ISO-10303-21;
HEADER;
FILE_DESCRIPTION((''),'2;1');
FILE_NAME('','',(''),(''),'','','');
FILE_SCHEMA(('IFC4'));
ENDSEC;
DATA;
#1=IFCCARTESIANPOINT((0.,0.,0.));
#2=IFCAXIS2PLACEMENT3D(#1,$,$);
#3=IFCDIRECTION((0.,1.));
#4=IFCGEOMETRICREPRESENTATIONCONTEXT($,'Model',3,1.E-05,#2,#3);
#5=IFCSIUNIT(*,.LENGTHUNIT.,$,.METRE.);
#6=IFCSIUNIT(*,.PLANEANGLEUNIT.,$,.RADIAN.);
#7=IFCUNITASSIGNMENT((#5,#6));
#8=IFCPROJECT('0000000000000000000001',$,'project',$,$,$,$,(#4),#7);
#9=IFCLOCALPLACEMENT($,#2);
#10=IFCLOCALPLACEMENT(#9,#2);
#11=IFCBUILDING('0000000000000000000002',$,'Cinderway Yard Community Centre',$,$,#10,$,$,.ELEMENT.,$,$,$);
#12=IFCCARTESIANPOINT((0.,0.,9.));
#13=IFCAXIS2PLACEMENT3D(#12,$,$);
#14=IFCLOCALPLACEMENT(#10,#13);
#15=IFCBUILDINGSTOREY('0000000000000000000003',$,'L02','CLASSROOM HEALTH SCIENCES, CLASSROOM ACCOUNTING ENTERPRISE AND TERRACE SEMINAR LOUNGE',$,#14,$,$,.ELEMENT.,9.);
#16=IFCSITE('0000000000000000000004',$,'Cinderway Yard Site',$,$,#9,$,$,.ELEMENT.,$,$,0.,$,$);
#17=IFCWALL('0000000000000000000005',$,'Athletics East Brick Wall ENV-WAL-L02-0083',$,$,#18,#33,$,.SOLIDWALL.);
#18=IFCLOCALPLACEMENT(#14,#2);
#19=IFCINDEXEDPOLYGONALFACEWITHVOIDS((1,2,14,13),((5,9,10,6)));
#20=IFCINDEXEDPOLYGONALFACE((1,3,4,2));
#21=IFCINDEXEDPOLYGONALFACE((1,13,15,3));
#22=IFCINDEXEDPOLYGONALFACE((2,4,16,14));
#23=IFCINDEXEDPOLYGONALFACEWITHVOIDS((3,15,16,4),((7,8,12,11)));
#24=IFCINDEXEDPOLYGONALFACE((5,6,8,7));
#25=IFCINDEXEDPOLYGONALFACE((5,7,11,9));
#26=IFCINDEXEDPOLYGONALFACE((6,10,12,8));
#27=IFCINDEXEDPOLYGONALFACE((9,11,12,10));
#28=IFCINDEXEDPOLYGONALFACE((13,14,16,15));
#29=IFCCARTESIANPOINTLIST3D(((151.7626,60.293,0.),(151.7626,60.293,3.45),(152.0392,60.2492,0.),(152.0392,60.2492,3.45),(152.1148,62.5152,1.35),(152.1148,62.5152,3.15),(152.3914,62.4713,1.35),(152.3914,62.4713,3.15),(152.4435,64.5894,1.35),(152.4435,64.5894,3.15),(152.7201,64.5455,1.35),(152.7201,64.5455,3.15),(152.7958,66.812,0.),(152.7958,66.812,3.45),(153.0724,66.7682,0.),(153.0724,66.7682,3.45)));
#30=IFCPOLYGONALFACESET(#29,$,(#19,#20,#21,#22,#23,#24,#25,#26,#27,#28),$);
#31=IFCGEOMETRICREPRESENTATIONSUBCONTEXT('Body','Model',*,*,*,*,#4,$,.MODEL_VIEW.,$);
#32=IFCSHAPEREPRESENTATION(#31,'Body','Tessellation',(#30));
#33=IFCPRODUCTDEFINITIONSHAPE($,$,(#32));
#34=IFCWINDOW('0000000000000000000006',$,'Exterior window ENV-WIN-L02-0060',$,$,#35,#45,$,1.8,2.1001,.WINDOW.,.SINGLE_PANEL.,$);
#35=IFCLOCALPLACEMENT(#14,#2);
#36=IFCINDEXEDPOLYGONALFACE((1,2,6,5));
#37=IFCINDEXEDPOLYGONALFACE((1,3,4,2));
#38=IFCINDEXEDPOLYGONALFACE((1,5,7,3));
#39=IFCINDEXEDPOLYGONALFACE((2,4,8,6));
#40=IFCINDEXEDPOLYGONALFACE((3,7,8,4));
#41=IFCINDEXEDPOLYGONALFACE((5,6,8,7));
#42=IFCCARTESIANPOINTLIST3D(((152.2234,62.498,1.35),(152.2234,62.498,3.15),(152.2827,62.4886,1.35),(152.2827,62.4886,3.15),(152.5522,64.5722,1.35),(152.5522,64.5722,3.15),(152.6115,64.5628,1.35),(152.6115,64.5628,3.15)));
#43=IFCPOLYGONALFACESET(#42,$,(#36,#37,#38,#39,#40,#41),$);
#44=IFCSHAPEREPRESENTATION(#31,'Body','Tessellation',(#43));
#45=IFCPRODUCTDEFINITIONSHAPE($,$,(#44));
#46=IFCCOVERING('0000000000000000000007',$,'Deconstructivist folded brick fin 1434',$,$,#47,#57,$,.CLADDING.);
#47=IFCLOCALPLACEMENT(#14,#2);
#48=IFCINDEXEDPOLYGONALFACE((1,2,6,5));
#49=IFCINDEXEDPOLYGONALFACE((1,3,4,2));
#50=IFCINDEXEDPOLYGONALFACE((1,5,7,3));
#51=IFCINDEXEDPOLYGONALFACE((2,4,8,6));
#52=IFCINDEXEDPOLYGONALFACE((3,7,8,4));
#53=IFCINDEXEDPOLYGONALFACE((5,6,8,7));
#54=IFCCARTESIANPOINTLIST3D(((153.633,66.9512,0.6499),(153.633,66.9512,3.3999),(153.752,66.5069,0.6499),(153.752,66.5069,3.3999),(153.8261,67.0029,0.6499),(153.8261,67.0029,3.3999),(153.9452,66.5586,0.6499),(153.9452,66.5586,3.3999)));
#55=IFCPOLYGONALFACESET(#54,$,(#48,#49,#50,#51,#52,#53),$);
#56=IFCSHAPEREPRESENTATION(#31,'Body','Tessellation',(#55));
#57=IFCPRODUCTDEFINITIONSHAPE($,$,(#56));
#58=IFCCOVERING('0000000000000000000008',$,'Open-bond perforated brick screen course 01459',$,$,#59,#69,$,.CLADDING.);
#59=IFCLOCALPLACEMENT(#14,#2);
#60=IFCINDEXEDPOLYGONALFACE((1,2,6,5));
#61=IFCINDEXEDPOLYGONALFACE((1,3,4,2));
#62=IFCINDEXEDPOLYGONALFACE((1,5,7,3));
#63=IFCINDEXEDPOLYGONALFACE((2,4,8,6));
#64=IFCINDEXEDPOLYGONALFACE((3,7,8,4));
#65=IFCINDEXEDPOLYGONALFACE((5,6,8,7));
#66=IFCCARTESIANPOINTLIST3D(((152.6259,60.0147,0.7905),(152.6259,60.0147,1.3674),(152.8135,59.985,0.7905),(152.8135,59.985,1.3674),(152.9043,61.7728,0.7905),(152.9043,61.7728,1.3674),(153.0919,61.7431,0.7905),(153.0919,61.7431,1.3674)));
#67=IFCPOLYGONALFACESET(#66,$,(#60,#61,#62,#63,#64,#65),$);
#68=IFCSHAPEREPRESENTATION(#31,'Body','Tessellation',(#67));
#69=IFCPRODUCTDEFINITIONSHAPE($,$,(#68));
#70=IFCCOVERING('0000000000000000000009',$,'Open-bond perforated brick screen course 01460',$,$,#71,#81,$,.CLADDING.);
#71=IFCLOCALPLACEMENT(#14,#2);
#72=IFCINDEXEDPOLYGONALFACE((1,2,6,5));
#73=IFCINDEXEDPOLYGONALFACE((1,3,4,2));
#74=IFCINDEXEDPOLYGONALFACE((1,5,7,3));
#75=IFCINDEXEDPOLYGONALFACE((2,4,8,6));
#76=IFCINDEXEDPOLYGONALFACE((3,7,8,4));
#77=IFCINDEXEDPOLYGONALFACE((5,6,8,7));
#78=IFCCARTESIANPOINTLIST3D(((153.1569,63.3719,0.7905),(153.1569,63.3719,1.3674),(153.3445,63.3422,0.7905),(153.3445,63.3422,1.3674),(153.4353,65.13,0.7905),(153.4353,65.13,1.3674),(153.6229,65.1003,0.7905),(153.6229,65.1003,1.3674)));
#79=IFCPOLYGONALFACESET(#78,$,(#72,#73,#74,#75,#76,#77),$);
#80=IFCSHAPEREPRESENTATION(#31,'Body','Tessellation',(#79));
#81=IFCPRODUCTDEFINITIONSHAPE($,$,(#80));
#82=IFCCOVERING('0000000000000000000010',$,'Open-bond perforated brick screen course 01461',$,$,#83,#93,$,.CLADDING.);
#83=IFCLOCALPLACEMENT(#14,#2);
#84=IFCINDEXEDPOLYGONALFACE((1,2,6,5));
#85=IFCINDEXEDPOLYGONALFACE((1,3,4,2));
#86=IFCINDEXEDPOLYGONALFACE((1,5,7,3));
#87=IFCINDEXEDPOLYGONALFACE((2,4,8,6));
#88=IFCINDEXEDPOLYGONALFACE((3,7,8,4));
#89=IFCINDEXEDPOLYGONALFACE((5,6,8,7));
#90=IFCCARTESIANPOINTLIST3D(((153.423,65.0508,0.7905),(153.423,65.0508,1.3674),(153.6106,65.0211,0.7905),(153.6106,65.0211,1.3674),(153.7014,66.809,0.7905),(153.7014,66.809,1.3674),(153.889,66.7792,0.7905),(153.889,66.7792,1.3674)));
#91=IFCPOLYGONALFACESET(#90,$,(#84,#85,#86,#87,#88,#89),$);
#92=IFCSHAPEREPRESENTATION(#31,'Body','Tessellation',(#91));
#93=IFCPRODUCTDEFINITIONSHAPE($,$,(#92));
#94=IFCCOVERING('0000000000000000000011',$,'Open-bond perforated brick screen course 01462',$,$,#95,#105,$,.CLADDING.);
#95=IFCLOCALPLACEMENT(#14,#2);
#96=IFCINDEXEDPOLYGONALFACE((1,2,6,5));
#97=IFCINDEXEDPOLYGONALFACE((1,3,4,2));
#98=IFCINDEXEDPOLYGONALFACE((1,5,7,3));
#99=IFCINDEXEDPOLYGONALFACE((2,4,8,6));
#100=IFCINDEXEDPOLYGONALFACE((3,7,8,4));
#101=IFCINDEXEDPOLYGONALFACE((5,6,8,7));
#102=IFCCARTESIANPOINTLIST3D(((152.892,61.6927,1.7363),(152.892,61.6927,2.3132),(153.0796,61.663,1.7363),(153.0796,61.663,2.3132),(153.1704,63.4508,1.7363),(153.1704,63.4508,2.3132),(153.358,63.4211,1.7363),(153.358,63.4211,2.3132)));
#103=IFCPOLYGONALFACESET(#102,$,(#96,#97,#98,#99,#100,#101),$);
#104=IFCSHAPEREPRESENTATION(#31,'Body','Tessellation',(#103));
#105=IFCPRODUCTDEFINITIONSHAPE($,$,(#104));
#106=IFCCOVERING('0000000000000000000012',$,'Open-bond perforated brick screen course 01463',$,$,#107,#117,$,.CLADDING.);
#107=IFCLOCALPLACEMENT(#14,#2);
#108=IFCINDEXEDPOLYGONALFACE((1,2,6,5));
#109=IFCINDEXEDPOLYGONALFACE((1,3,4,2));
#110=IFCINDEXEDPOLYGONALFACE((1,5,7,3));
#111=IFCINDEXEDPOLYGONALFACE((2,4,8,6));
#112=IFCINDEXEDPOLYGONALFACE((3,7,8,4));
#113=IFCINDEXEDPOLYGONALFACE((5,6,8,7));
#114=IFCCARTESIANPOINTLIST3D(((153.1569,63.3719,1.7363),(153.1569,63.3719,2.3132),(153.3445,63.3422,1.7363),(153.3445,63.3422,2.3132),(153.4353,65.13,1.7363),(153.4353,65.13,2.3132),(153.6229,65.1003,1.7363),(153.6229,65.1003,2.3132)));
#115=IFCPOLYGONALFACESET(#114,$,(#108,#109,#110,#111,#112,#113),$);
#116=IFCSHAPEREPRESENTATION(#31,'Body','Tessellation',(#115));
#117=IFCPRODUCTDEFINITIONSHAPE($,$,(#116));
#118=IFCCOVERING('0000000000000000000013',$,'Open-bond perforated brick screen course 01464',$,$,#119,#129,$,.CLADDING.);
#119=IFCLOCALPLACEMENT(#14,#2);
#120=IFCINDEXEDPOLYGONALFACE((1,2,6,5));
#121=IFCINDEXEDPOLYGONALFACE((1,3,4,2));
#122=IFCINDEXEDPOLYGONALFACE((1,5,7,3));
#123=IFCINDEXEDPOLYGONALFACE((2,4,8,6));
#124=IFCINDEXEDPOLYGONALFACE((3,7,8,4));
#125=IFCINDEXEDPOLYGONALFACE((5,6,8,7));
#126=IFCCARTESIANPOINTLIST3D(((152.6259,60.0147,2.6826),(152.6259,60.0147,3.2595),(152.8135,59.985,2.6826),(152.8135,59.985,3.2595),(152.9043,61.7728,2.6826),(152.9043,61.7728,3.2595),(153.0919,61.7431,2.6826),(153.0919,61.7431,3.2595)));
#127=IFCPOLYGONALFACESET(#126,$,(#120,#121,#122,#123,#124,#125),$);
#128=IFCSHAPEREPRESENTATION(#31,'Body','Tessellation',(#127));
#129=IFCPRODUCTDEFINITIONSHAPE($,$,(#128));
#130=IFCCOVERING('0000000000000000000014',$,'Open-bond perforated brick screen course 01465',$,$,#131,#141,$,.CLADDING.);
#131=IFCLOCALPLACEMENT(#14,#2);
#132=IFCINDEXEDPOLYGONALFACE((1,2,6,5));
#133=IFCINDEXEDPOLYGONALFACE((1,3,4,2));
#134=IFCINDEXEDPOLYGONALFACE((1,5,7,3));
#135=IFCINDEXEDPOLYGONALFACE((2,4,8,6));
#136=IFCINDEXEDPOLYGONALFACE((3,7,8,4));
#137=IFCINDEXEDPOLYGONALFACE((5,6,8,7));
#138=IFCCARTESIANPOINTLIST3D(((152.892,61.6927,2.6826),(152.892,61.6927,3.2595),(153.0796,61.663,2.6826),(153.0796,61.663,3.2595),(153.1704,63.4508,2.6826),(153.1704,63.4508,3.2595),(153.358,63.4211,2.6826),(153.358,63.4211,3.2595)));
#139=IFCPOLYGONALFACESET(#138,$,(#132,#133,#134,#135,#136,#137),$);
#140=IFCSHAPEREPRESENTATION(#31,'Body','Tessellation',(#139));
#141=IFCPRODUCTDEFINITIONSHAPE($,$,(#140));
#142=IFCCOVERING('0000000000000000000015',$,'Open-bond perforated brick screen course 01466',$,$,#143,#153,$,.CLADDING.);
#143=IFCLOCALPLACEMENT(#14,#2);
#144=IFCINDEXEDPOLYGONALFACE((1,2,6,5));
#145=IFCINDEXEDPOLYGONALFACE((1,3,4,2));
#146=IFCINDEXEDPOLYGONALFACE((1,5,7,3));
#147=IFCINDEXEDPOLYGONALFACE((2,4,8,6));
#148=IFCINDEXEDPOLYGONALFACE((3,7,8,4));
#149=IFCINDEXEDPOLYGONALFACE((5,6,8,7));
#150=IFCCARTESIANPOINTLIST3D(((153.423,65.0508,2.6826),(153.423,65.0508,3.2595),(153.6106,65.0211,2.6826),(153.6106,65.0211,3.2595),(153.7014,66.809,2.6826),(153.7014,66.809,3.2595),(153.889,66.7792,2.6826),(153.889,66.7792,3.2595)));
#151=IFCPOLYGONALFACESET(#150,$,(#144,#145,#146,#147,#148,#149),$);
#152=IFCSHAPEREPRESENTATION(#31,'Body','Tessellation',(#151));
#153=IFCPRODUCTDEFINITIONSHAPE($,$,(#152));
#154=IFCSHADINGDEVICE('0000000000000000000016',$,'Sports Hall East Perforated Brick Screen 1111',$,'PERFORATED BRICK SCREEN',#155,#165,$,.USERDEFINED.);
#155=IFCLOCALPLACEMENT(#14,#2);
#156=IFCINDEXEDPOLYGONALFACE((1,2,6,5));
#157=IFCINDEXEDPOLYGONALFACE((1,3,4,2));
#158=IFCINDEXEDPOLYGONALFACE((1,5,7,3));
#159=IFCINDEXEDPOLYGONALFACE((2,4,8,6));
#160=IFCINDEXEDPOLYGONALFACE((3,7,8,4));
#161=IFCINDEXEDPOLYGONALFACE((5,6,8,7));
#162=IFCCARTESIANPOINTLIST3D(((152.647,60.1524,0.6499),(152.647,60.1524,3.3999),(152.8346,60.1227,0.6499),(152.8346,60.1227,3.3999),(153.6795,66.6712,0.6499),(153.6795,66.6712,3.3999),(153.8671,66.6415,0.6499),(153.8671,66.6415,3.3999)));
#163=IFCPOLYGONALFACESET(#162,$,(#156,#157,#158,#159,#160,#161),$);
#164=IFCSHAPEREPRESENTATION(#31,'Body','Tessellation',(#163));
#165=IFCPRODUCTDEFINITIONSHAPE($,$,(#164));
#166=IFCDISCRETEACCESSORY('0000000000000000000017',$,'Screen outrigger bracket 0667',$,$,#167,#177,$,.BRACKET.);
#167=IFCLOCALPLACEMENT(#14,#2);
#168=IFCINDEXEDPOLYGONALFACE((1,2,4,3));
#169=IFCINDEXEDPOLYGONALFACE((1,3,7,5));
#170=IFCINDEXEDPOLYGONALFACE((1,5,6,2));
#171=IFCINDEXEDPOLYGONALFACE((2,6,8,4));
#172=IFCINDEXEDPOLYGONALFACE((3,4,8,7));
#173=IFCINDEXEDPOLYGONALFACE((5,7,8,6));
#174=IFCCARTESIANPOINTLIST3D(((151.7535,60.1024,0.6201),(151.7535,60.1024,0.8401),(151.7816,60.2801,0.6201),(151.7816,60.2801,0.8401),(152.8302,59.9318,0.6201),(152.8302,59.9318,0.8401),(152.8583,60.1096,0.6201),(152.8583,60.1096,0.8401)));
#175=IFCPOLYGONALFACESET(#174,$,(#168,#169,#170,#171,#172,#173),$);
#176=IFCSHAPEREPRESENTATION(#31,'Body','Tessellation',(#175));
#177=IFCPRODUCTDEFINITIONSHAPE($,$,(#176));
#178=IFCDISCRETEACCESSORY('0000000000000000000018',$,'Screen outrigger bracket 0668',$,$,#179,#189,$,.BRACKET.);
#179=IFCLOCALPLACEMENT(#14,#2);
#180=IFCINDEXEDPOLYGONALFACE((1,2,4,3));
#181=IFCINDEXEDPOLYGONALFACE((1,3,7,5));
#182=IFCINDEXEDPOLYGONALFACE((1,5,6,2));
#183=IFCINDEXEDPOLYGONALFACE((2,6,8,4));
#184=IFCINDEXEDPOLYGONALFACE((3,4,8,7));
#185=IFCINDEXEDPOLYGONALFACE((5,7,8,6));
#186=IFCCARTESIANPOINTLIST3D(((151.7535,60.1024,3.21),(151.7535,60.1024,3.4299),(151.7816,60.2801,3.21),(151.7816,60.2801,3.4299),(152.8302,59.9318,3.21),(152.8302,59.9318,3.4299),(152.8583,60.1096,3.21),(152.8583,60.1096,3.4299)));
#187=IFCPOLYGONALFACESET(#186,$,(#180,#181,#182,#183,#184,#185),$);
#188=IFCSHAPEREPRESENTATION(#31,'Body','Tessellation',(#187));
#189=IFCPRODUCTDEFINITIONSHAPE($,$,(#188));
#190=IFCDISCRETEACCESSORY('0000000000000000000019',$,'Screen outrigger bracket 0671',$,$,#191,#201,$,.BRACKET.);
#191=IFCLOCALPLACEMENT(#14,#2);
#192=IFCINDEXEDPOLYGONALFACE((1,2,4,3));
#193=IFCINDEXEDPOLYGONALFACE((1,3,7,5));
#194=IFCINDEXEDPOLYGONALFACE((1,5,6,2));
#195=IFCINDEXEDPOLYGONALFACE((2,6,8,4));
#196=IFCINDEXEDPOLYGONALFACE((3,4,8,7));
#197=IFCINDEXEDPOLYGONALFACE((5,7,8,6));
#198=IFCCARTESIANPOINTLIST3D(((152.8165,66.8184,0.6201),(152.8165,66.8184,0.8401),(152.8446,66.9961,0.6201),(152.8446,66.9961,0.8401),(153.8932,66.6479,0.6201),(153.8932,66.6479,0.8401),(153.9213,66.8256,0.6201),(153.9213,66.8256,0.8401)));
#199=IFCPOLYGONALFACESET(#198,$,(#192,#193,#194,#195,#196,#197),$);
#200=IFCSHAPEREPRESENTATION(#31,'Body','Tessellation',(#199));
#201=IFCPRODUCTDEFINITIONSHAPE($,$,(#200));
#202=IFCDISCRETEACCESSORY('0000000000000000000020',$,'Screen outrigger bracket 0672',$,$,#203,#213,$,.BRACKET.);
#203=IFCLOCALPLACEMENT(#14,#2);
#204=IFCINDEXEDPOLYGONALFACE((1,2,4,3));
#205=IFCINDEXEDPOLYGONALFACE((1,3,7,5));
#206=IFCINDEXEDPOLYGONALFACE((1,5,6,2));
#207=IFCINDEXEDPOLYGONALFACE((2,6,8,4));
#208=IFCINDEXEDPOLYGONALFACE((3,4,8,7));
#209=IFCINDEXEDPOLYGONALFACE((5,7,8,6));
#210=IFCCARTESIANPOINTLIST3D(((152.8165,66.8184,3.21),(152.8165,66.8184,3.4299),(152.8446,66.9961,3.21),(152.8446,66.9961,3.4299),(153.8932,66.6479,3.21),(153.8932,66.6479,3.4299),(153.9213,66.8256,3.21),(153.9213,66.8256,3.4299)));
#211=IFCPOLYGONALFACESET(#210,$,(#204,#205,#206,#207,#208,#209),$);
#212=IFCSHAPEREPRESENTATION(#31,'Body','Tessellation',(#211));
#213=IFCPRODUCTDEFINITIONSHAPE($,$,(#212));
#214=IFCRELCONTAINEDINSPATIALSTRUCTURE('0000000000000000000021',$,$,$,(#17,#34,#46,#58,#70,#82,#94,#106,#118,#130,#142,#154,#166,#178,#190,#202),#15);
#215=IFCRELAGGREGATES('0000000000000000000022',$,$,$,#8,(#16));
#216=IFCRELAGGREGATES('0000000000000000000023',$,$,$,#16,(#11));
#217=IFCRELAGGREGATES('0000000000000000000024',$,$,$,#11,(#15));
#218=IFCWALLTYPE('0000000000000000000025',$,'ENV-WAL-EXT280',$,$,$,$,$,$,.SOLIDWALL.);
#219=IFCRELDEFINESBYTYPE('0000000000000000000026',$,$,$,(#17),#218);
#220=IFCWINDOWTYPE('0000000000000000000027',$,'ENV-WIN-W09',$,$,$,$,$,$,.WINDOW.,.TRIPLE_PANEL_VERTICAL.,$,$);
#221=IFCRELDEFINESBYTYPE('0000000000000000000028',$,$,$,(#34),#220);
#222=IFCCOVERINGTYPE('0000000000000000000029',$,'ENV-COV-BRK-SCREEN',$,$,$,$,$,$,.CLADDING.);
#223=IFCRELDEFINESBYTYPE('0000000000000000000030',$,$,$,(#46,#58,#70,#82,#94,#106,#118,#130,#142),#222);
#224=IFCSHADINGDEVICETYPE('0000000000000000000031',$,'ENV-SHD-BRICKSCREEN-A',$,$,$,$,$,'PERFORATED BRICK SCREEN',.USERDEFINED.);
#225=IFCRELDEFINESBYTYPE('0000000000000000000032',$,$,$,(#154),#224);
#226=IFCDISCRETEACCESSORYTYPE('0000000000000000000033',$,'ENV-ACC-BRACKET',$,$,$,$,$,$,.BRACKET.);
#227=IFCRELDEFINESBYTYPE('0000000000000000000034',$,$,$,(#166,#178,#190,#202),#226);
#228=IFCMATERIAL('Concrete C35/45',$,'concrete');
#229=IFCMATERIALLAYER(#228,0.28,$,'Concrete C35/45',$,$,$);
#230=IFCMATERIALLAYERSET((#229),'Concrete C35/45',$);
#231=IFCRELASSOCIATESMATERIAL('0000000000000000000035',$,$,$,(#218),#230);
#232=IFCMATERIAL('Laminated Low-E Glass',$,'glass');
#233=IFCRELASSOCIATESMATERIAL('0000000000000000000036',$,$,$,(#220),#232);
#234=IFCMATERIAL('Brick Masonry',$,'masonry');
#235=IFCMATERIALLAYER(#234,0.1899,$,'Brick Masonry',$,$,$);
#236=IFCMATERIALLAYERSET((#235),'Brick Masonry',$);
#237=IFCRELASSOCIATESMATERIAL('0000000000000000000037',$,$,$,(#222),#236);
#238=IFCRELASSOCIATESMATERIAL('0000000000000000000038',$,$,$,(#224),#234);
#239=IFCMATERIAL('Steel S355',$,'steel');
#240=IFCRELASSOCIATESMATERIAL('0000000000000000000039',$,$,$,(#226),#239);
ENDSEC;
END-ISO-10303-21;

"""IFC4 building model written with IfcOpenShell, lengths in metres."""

from ifc_helpers import new_model, si_unit, direction, frame, frame_2d, origin, origin_2d, place, context, subcontext, project, spatial, rectangle, extrude, material, layer, layer_set, type_object, element, fill, save


model = new_model("IFC4")

# Units and contexts
model_context = context("Model", 3, precision=1e-05, world=origin(), true_north=direction((0.0, 1.0)))
body_context = subcontext(model_context, "Body", "Model", "MODEL_VIEW")
ifc_project = project(units=[si_unit("LENGTHUNIT", "METRE"), si_unit("PLANEANGLEUNIT", "RADIAN")], contexts=[model_context])

# Site, building, storey
site_placement = place(None, origin())
site = spatial("IfcSite", under=ifc_project, at=site_placement, Name="Cinderway Yard Site", CompositionType="ELEMENT", RefElevation=0.0)
building_placement = place(site_placement, origin())
building = spatial("IfcBuilding", under=site, at=building_placement, Name="Cinderway Yard Community Centre", CompositionType="ELEMENT")
storey_placement = place(building_placement, frame((0.0, 0.0, 9.0)))
storey = spatial("IfcBuildingStorey", under=building, at=storey_placement, Name="L02", Description="CLASSROOM HEALTH SCIENCES, CLASSROOM ACCOUNTING ENTERPRISE AND TERRACE SEMINAR LOUNGE", CompositionType="ELEMENT", Elevation=9.0)

# Shared definitions
ifc_material_1 = material(Name="Steel S355", Category="steel")

# Wall, opening, window
ifc_material_2 = material(Name="Concrete C35/45", Category="concrete")
ifc_layer_1 = layer(ifc_material_2, 0.28, Name="Concrete C35/45")
ifc_layer_set_1 = layer_set([ifc_layer_1], Name="Concrete C35/45")
wall_type = type_object("IfcWallType", Name="ENV-WAL-EXT280", PredefinedType="SOLIDWALL", material=ifc_layer_set_1)
wall_placement = place(storey_placement, frame((151.9009, 60.271, 0.0), z_axis=(0.0, 0.0, 1.0), x_axis=(0.156536, 0.987672, 0.0)))
wall = element("IfcWall", 1, at=wall_placement, inside=storey, type_object=wall_type, Name="Athletics East Brick Wall ENV-WAL-L02-0083", PredefinedType="SOLIDWALL", context=body_context, shape_type="SweptSolid", body=[
    extrude(rectangle(XDim=6.6003, YDim=0.28, at=frame_2d((3.3003, 0.0))), origin(), (0.0, 0.0, 1.0), 3.45),
])
opening_placement = place(wall_placement, frame((2.25, 0.0, 1.3501)))
opening = element("IfcOpeningElement", 2, at=opening_placement, cuts=wall, PredefinedType="OPENING", context=body_context, shape_type="SweptSolid", body=[
    extrude(rectangle(XDim=2.1001, YDim=1.8, at=frame_2d((1.05, 0.8999))), frame((0.0, 0.1499, 0.0), z_axis=(0.0, -1.0, 0.0), x_axis=(1.0, 0.0, 0.0)), (0.0, 0.0, 1.0), 0.3),
])
ifc_material_3 = material(Name="Laminated Low-E Glass", Category="glass")
window_type = type_object("IfcWindowType", Name="ENV-WIN-W09", PartitioningType="TRIPLE_PANEL_VERTICAL", PredefinedType="WINDOW", material=ifc_material_3)
window_placement = place(opening_placement, origin())
window = element("IfcWindow", 3, at=window_placement, inside=storey, type_object=window_type, Name="Exterior window ENV-WIN-L02-0060", OverallHeight=1.8, OverallWidth=2.1001, PartitioningType="SINGLE_PANEL", PredefinedType="WINDOW", context=body_context, shape_type="SweptSolid", body=[
    extrude(rectangle(XDim=2.1001, YDim=1.8, at=frame_2d((1.05, 0.8999))), frame((0.0, 0.03, 0.0), z_axis=(0.0, -1.0, 0.0), x_axis=(1.0, 0.0, 0.0)), (0.0, 0.0, 1.0), 0.0601),
])
fill(opening, window)

# Coverings
ifc_material_4 = material(Name="Brick Masonry", Category="masonry")
ifc_layer_2 = layer(ifc_material_4, 0.1899, Name="Brick Masonry")
ifc_layer_set_2 = layer_set([ifc_layer_2], Name="Brick Masonry")
covering_type = type_object("IfcCoveringType", Name="ENV-COV-BRK-SCREEN", PredefinedType="CLADDING", material=ifc_layer_set_2)
covering_placement = place(storey_placement, frame((153.7891, 66.7549, 0.6499), z_axis=(0.0, 0.0, 1.0), x_axis=(0.258819, -0.965926, 0.0)))
element("IfcCovering", 4, at=covering_placement, inside=storey, type_object=covering_type, Name="Deconstructivist folded brick fin 1434", PredefinedType="CLADDING", context=body_context, shape_type="SweptSolid", body=[
    extrude(rectangle(XDim=0.46, YDim=0.2, at=origin_2d()), origin(), (0.0, 0.0, 1.0), 2.75),
])
for number, where, z_axis, x_axis, name in (
    (5, (152.8589, 60.8789, 0.7905), (0.0, 0.0, 1.0), (-0.156434, -0.987688, 0.0), "Open-bond perforated brick screen course 01459"),
    (6, (153.3899, 64.2361, 0.7905), (0.0, 0.0, 1.0), (-0.156434, -0.987688, 0.0), "Open-bond perforated brick screen course 01460"),
    (7, (153.656, 65.915, 0.7905), (0.0, 0.0, 1.0), (-0.156434, -0.987688, 0.0), "Open-bond perforated brick screen course 01461"),
    (8, (153.125, 62.5569, 1.7363), (0.0, 0.0, 1.0), (-0.156434, -0.987688, 0.0), "Open-bond perforated brick screen course 01462"),
    (9, (153.3899, 64.2361, 1.7363), (0.0, 0.0, 1.0), (-0.156434, -0.987688, 0.0), "Open-bond perforated brick screen course 01463"),
    (10, (152.8589, 60.8789, 2.6826), (0.0, 0.0, 1.0), (-0.156434, -0.987688, 0.0), "Open-bond perforated brick screen course 01464"),
    (11, (153.125, 62.5569, 2.6826), (0.0, 0.0, 1.0), (-0.156434, -0.987688, 0.0), "Open-bond perforated brick screen course 01465"),
    (12, (153.656, 65.915, 2.6826), (0.0, 0.0, 1.0), (-0.156434, -0.987688, 0.0), "Open-bond perforated brick screen course 01466"),
):
    element("IfcCovering", number, at=place(storey_placement, frame(where, z_axis=z_axis, x_axis=x_axis)), inside=storey, type_object=covering_type, Name=name, PredefinedType="CLADDING", context=body_context, shape_type="SweptSolid", body=[
        extrude(rectangle(XDim=1.78, YDim=0.1899, at=origin_2d()), origin(), (0.0, 0.0, 1.0), 0.5769),
    ])

# Shading device
shading_device_type = type_object("IfcShadingDeviceType", Name="ENV-SHD-BRICKSCREEN-A", ElementType="PERFORATED BRICK SCREEN", PredefinedType="USERDEFINED", material=ifc_material_4)
shading_device_placement = place(storey_placement, frame((153.2571, 63.397, 0.6499), z_axis=(0.0, 0.0, 1.0), x_axis=(-0.156434, -0.987688, 0.0)))
element("IfcShadingDevice", 13, at=shading_device_placement, inside=storey, type_object=shading_device_type, Name="Sports Hall East Perforated Brick Screen 1111", ObjectType="PERFORATED BRICK SCREEN", PredefinedType="USERDEFINED", context=body_context, shape_type="SweptSolid", body=[
    extrude(rectangle(XDim=6.6001, YDim=0.1899, at=origin_2d()), origin(), (0.0, 0.0, 1.0), 2.75),
])

# Discrete accessories
discrete_accessory_type = type_object("IfcDiscreteAccessoryType", Name="ENV-ACC-BRACKET", PredefinedType="BRACKET", material=ifc_material_1)
for number, where, z_axis, x_axis, name in (
    (14, (152.3059, 60.106, 0.6201), (0.0, 0.0, 1.0), (0.987688, -0.156434, 0.0), "Screen outrigger bracket 0667"),
    (15, (152.3059, 60.106, 3.21), (0.0, 0.0, 1.0), (0.987688, -0.156434, 0.0), "Screen outrigger bracket 0668"),
    (16, (153.3689, 66.822, 0.6201), (0.0, 0.0, 1.0), (0.987688, -0.156434, 0.0), "Screen outrigger bracket 0671"),
    (17, (153.3689, 66.822, 3.21), (0.0, 0.0, 1.0), (0.987688, -0.156434, 0.0), "Screen outrigger bracket 0672"),
):
    element("IfcDiscreteAccessory", number, at=place(storey_placement, frame(where, z_axis=z_axis, x_axis=x_axis)), inside=storey, type_object=discrete_accessory_type, Name=name, PredefinedType="BRACKET", context=body_context, shape_type="SweptSolid", body=[
        extrude(rectangle(XDim=1.0901, YDim=0.1799, at=origin_2d()), origin(), (0.0, 0.0, 1.0), 0.22),
    ])

save(model, "model.ifc")
